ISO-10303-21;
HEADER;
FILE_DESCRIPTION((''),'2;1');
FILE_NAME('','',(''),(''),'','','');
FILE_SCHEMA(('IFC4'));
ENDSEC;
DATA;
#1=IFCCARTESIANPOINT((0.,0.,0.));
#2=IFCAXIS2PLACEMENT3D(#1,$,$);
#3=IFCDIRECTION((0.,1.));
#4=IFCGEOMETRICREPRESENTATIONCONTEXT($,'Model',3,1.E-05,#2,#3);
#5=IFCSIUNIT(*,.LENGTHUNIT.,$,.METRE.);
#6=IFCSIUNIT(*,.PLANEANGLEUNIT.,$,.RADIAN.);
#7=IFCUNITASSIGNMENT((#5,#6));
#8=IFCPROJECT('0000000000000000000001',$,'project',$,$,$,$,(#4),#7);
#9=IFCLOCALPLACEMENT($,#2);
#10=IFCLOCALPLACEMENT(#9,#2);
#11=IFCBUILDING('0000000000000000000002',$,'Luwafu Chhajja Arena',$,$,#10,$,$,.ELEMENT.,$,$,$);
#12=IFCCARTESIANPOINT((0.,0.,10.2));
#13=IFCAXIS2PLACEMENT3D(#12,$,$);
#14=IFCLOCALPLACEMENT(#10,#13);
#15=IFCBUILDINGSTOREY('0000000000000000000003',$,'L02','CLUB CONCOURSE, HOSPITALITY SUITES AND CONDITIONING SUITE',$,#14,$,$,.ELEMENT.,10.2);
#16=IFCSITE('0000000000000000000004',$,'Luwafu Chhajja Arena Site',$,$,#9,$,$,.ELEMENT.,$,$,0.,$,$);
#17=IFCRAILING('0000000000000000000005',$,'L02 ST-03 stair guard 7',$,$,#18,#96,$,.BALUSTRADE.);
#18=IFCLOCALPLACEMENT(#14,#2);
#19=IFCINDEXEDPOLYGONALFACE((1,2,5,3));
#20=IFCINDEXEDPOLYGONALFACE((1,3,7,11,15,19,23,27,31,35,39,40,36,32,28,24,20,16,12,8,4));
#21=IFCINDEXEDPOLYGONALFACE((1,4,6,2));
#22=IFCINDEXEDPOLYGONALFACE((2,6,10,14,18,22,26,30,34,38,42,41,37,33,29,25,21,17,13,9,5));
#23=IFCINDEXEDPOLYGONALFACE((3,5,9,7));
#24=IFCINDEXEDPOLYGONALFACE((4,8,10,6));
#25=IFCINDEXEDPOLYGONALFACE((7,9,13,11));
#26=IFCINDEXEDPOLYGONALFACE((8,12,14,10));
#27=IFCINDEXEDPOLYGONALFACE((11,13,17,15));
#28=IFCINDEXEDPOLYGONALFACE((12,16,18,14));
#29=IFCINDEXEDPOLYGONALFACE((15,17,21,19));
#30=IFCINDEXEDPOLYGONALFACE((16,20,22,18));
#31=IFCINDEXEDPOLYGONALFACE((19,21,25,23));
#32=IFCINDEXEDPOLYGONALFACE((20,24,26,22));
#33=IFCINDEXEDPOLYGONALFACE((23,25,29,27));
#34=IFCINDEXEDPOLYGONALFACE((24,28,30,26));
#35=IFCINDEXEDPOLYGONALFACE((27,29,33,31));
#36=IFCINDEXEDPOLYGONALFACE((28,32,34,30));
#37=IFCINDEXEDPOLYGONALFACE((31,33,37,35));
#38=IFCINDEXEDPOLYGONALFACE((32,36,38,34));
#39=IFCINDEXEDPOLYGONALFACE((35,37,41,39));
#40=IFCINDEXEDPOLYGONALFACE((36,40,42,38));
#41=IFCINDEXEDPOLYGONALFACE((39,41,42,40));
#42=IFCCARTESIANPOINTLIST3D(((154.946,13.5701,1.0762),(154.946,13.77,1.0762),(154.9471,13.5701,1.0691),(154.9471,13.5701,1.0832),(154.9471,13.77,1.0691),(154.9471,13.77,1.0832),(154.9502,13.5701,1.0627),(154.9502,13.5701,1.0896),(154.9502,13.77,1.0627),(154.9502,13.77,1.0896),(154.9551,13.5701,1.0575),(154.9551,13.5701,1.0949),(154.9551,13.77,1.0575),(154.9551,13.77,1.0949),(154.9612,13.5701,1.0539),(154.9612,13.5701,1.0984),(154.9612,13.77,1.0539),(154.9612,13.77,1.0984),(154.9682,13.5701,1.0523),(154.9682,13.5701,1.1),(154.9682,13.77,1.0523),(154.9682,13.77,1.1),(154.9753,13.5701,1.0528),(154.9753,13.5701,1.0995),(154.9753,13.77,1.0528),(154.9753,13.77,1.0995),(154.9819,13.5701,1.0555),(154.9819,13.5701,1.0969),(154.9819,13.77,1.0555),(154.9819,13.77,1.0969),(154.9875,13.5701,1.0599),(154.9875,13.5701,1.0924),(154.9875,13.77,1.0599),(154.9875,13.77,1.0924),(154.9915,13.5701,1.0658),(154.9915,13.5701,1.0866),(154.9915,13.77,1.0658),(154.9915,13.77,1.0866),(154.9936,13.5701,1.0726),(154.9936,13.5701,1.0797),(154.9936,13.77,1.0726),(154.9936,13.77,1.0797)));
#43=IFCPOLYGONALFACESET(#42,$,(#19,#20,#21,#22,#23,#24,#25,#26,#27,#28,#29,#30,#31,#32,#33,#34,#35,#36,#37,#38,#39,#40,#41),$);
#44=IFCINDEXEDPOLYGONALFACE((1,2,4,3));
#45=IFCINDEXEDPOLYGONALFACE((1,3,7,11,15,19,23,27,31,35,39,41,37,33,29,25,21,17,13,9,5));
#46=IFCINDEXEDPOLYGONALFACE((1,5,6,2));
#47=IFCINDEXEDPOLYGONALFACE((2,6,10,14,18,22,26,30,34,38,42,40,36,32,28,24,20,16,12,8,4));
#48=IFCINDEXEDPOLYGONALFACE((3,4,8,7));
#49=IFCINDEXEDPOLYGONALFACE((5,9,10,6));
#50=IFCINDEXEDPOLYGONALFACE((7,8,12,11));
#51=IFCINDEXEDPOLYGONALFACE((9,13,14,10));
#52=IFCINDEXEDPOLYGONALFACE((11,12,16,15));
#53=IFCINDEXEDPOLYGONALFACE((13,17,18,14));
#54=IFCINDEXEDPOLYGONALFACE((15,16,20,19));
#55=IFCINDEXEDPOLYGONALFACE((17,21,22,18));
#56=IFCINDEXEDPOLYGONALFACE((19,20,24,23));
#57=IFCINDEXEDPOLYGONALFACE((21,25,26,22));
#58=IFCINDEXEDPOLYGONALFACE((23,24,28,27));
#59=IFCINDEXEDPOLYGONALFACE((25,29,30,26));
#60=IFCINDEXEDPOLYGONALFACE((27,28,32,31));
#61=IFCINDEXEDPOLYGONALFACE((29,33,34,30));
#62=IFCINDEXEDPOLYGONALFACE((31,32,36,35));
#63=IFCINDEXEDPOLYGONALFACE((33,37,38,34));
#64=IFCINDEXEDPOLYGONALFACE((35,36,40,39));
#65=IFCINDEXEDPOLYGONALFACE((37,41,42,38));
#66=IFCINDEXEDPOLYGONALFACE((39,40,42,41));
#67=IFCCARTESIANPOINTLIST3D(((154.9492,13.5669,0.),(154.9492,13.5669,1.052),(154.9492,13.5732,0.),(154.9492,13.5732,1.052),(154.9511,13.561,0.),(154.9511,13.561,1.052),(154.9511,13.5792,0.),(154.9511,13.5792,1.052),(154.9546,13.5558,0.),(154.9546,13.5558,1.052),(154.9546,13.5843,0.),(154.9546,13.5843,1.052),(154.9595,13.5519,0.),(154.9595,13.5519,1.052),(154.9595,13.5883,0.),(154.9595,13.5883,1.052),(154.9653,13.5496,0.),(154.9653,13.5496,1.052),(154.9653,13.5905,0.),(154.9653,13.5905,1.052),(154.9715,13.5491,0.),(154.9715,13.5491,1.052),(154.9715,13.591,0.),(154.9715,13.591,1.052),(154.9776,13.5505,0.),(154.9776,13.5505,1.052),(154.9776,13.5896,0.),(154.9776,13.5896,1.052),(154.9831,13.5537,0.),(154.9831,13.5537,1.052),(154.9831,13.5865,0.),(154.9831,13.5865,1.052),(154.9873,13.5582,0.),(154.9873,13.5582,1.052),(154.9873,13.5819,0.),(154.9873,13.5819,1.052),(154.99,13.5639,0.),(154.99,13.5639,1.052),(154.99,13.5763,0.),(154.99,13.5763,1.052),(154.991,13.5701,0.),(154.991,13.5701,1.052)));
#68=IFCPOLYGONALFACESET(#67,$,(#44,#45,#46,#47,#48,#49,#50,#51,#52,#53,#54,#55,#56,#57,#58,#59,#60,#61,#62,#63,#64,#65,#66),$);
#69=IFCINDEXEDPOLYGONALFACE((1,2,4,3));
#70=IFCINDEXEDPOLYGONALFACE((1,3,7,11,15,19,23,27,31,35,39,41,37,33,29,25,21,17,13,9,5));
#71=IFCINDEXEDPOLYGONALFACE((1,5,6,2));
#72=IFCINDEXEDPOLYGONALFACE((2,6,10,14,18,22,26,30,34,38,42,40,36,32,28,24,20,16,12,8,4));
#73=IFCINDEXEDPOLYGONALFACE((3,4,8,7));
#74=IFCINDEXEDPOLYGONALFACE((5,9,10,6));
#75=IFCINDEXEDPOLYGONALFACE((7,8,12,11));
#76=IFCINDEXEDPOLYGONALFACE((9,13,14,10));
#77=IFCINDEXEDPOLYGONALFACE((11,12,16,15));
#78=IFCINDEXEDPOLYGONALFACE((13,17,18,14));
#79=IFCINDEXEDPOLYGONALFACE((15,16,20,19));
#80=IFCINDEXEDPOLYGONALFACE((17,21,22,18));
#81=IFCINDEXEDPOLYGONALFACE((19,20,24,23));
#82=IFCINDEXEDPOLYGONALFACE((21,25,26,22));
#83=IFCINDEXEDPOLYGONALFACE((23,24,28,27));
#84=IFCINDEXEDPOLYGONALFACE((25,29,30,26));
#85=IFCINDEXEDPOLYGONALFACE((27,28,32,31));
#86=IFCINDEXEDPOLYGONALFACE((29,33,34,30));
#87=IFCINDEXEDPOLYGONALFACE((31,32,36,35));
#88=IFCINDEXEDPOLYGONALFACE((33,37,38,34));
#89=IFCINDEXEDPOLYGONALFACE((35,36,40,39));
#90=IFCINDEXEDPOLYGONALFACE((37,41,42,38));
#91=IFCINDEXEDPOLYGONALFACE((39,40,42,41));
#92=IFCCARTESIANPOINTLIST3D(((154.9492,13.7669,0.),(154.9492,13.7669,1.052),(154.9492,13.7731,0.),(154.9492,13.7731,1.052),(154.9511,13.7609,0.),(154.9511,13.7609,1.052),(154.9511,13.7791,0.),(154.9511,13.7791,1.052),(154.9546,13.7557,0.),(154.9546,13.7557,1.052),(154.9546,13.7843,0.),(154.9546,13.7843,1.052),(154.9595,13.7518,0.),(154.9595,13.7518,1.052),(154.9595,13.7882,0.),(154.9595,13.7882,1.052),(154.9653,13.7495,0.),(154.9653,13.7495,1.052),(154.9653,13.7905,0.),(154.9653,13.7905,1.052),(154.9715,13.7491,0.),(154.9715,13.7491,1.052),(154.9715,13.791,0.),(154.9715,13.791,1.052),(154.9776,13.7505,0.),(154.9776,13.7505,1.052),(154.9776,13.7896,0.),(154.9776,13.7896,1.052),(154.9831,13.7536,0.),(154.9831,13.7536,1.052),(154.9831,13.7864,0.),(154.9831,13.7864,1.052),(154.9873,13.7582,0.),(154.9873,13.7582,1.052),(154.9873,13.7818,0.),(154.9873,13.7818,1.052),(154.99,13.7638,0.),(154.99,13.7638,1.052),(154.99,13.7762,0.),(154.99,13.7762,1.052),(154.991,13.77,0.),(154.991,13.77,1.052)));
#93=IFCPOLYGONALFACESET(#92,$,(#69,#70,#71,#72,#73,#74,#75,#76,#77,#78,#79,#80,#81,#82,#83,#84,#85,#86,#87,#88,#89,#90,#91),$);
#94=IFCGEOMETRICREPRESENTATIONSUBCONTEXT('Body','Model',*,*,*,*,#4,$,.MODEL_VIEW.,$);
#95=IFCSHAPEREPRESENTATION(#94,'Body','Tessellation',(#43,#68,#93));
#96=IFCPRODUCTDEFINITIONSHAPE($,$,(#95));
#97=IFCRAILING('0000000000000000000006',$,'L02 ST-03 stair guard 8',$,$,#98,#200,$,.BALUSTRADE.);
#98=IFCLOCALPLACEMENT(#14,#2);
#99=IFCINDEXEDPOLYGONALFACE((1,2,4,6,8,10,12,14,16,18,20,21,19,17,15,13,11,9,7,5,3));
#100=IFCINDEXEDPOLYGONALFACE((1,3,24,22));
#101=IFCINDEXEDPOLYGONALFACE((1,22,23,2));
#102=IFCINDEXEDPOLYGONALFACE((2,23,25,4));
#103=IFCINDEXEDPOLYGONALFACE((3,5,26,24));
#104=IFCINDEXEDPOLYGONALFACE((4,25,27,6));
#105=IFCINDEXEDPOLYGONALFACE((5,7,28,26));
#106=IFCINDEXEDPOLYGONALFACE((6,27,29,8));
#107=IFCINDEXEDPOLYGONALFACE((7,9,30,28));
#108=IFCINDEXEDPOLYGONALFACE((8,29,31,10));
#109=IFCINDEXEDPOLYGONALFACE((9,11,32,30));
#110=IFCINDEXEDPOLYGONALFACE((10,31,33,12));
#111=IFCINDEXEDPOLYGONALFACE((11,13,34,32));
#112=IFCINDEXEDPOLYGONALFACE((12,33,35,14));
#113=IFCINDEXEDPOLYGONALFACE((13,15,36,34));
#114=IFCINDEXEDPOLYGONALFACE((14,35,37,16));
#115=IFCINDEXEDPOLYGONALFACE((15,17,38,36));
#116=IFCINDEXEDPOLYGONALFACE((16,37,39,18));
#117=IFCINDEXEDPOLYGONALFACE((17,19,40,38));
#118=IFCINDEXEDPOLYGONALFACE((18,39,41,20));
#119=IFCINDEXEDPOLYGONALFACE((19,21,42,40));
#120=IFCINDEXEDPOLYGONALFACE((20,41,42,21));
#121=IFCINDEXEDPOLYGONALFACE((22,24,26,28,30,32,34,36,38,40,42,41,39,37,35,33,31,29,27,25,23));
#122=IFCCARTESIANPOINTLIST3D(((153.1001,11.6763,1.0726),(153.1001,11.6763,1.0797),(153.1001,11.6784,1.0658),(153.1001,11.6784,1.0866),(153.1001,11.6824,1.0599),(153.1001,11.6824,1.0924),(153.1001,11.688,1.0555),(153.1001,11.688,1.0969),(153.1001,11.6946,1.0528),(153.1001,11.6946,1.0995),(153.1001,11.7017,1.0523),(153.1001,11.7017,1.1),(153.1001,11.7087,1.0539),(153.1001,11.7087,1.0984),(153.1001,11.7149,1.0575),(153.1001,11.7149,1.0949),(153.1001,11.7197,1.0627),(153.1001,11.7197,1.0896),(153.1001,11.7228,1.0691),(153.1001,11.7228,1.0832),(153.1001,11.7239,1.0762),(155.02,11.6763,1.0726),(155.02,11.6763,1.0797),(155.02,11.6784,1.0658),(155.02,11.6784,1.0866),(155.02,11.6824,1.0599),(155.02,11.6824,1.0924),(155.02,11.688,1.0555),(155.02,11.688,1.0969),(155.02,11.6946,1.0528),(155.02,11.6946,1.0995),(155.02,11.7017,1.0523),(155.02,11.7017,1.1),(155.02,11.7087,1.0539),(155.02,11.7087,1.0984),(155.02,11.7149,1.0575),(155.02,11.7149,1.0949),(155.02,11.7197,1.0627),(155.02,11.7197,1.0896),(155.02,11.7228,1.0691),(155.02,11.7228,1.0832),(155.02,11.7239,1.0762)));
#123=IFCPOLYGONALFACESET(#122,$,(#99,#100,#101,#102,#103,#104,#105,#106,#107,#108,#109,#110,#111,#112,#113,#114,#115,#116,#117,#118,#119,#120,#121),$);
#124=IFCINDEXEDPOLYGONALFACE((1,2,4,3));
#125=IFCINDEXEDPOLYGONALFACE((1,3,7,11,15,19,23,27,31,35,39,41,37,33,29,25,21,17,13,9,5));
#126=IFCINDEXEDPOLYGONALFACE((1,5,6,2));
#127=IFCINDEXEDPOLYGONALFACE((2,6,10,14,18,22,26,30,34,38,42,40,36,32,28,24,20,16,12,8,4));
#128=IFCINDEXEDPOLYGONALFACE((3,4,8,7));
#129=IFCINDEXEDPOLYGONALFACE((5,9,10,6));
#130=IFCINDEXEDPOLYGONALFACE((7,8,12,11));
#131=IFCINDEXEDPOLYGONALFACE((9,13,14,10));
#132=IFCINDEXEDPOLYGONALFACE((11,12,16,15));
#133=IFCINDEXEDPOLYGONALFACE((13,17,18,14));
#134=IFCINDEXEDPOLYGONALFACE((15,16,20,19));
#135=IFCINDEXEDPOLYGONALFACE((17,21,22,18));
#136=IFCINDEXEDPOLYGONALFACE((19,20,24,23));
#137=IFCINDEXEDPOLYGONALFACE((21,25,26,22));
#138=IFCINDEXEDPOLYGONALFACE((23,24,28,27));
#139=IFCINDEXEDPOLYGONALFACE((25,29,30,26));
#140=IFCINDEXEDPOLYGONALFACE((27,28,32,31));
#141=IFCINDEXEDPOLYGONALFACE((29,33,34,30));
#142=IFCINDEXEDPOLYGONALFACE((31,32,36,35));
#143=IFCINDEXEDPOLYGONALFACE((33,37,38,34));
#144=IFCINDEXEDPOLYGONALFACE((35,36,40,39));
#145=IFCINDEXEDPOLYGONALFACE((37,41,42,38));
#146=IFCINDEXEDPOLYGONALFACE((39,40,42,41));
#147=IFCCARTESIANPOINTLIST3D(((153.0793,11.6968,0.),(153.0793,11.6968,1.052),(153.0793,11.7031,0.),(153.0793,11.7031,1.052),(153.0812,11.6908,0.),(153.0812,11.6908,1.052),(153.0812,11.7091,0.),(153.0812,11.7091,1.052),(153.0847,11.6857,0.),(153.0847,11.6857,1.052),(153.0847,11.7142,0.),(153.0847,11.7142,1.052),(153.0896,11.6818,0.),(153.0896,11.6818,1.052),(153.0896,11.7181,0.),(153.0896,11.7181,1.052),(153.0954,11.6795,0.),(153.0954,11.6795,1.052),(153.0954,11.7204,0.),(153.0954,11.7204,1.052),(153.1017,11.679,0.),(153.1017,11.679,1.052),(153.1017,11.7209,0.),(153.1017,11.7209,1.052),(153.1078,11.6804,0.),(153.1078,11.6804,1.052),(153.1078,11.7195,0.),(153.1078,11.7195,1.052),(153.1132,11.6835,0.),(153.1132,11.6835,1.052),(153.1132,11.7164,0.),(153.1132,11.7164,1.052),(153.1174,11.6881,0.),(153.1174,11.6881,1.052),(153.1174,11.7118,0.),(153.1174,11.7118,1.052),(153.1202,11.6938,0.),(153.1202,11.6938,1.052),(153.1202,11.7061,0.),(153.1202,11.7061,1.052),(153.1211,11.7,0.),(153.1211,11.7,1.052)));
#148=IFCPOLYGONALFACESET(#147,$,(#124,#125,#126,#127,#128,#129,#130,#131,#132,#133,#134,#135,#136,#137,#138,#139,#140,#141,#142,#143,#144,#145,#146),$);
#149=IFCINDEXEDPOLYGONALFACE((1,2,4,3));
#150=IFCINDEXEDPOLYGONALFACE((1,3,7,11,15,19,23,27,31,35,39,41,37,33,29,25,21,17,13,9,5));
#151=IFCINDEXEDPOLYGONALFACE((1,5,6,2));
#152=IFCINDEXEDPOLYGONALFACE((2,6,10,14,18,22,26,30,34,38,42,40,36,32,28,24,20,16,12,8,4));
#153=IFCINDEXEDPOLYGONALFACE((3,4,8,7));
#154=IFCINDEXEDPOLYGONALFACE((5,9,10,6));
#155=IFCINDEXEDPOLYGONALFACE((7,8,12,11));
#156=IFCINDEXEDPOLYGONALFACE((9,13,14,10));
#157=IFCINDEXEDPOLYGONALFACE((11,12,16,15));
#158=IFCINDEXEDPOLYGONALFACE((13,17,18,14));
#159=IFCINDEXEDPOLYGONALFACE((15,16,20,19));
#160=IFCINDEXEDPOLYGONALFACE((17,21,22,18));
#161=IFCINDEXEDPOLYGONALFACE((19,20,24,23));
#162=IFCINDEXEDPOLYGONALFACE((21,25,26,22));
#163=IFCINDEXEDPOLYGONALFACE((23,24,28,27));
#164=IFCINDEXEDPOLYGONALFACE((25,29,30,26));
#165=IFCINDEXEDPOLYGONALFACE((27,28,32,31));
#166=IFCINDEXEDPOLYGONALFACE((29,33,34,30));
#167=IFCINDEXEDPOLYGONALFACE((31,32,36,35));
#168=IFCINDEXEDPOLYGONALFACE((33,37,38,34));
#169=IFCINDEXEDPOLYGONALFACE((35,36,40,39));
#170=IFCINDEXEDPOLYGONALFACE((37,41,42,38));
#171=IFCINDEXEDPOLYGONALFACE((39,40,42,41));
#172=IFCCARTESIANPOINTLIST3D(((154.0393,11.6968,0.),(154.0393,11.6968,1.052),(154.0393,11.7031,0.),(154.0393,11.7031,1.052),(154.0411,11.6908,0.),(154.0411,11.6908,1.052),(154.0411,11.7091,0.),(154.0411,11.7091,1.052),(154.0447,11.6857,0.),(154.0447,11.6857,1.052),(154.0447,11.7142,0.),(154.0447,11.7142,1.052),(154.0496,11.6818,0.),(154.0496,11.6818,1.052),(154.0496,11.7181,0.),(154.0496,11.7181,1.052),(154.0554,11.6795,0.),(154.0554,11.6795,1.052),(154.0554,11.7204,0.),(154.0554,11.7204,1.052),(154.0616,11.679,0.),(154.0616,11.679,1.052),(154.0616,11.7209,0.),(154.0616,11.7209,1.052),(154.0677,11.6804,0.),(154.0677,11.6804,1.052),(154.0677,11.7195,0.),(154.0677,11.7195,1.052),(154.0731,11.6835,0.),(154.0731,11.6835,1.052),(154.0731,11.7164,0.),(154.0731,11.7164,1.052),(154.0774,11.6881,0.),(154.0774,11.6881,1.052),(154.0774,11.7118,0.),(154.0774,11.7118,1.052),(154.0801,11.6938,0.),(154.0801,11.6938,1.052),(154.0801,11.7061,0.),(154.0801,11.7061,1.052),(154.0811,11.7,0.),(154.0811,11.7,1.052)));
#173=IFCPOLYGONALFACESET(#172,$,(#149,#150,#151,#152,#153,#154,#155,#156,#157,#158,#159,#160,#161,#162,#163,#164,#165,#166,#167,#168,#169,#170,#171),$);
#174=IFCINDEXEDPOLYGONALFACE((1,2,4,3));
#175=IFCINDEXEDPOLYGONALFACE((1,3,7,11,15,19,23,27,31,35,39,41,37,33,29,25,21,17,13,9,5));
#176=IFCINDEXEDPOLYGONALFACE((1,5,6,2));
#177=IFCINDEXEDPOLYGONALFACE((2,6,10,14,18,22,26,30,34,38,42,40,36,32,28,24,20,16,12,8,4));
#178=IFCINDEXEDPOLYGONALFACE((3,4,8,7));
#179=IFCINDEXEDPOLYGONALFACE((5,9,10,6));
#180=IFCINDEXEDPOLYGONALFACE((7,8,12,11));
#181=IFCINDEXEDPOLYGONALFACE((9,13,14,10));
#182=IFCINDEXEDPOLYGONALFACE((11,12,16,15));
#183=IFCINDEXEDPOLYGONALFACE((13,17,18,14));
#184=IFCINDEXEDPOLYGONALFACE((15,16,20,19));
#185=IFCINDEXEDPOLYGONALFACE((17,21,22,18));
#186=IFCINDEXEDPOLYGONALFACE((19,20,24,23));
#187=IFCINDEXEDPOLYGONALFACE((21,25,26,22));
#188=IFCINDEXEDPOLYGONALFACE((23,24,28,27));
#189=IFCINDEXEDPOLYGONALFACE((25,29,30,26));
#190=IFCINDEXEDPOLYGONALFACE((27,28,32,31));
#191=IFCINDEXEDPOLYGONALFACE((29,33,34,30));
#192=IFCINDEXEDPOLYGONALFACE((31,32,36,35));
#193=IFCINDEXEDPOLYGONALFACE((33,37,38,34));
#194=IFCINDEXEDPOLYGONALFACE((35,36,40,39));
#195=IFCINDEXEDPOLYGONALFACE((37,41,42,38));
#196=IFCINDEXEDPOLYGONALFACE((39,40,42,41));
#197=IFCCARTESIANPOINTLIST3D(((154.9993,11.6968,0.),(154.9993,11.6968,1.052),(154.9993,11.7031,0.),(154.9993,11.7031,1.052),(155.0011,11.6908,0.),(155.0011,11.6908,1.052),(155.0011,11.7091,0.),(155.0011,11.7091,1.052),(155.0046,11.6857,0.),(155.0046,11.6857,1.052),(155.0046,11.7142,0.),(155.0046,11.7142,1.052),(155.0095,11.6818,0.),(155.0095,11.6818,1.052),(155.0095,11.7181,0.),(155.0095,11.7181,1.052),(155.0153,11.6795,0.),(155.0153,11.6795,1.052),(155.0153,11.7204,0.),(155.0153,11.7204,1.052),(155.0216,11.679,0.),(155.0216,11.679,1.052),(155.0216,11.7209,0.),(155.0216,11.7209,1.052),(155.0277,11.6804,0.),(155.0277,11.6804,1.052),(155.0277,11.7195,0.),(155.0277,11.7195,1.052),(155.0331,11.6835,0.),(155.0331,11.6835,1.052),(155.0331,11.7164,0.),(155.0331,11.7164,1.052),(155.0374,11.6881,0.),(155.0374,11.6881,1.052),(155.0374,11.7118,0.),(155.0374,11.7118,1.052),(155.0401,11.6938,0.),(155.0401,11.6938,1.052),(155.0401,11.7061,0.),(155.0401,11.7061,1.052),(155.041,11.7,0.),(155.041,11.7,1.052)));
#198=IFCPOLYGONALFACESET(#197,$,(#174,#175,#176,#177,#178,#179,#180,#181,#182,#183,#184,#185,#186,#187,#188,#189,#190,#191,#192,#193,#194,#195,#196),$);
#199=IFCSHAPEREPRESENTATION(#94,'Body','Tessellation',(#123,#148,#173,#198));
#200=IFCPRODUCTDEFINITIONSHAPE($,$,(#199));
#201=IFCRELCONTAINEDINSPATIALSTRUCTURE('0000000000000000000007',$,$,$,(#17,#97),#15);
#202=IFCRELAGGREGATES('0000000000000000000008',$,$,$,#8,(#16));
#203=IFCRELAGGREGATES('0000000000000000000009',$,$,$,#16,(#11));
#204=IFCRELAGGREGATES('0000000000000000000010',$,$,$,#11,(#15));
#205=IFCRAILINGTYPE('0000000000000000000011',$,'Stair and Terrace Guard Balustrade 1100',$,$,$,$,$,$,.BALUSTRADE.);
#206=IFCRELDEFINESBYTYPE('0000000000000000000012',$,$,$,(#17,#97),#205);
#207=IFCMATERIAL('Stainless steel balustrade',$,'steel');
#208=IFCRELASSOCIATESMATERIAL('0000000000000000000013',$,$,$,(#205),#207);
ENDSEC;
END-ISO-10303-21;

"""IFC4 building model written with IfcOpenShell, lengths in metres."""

from ifc_helpers import new_model, si_unit, direction, frame, origin, origin_2d, place, context, subcontext, project, spatial, circle, extrude, material, type_object, element, save


model = new_model("IFC4")

# Units and contexts
model_context = context("Model", 3, precision=1e-05, world=origin(), true_north=direction((0.0, 1.0)))
body_context = subcontext(model_context, "Body", "Model", "MODEL_VIEW")
ifc_project = project(units=[si_unit("LENGTHUNIT", "METRE"), si_unit("PLANEANGLEUNIT", "RADIAN")], contexts=[model_context])

# Site, building, storey
site_placement = place(None, origin())
site = spatial("IfcSite", under=ifc_project, at=site_placement, Name="Luwafu Chhajja Arena Site", CompositionType="ELEMENT", RefElevation=0.0)
building_placement = place(site_placement, origin())
building = spatial("IfcBuilding", under=site, at=building_placement, Name="Luwafu Chhajja Arena", CompositionType="ELEMENT")
storey_placement = place(building_placement, frame((0.0, 0.0, 10.2)))
storey = spatial("IfcBuildingStorey", under=building, at=storey_placement, Name="L02", Description="CLUB CONCOURSE, HOSPITALITY SUITES AND CONDITIONING SUITE", CompositionType="ELEMENT", Elevation=10.2)

# Railings
ifc_material_1 = material(Name="Stainless steel balustrade", Category="steel")
railing_type_1 = type_object("IfcRailingType", Name="Stair and Terrace Guard Balustrade 1100", PredefinedType="BALUSTRADE", material=ifc_material_1)
railing_1_placement = place(storey_placement, frame((154.97, 13.5701, 0.0)))
element("IfcRailing", 1, at=railing_1_placement, inside=storey, type_object=railing_type_1, Name="L02 ST-03 stair guard 7", PredefinedType="BALUSTRADE", context=body_context, shape_type="SweptSolid", body=[
    extrude(circle(Radius=0.0239, at=origin_2d()), frame((0.0, 0.0, 1.0762), z_axis=(0.0, 1.0, 0.0), x_axis=(-1.0, 0.0, 0.0)), (0.0, 0.0, 1.0), 0.2),
    extrude(circle(Radius=0.021, at=origin_2d()), origin(), (0.0, 0.0, 1.0), 1.052),
    extrude(circle(Radius=0.021, at=origin_2d()), frame((0.0, 0.2, 0.0)), (0.0, 0.0, 1.0), 1.052),
])
for number, where, name in (
    (2, (153.1001, 11.7, 0.0), "L02 ST-03 stair guard 8"),
):
    element("IfcRailing", number, at=place(storey_placement, frame(where)), inside=storey, type_object=railing_type_1, Name=name, PredefinedType="BALUSTRADE", context=body_context, shape_type="SweptSolid", body=[
        extrude(circle(Radius=0.0239, at=origin_2d()), frame((0.0, 0.0, 1.0762), z_axis=(1.0, 0.0, 0.0), x_axis=(0.0, 1.0, 0.0)), (0.0, 0.0, 1.0), 1.9199),
        extrude(circle(Radius=0.021, at=origin_2d()), origin(), (0.0, 0.0, 1.0), 1.052),
        extrude(circle(Radius=0.021, at=origin_2d()), frame((0.96, 0.0, 0.0)), (0.0, 0.0, 1.0), 1.052),
        extrude(circle(Radius=0.021, at=origin_2d()), frame((1.9199, 0.0, 0.0)), (0.0, 0.0, 1.0), 1.052),
    ])

save(model, "model.ifc")
